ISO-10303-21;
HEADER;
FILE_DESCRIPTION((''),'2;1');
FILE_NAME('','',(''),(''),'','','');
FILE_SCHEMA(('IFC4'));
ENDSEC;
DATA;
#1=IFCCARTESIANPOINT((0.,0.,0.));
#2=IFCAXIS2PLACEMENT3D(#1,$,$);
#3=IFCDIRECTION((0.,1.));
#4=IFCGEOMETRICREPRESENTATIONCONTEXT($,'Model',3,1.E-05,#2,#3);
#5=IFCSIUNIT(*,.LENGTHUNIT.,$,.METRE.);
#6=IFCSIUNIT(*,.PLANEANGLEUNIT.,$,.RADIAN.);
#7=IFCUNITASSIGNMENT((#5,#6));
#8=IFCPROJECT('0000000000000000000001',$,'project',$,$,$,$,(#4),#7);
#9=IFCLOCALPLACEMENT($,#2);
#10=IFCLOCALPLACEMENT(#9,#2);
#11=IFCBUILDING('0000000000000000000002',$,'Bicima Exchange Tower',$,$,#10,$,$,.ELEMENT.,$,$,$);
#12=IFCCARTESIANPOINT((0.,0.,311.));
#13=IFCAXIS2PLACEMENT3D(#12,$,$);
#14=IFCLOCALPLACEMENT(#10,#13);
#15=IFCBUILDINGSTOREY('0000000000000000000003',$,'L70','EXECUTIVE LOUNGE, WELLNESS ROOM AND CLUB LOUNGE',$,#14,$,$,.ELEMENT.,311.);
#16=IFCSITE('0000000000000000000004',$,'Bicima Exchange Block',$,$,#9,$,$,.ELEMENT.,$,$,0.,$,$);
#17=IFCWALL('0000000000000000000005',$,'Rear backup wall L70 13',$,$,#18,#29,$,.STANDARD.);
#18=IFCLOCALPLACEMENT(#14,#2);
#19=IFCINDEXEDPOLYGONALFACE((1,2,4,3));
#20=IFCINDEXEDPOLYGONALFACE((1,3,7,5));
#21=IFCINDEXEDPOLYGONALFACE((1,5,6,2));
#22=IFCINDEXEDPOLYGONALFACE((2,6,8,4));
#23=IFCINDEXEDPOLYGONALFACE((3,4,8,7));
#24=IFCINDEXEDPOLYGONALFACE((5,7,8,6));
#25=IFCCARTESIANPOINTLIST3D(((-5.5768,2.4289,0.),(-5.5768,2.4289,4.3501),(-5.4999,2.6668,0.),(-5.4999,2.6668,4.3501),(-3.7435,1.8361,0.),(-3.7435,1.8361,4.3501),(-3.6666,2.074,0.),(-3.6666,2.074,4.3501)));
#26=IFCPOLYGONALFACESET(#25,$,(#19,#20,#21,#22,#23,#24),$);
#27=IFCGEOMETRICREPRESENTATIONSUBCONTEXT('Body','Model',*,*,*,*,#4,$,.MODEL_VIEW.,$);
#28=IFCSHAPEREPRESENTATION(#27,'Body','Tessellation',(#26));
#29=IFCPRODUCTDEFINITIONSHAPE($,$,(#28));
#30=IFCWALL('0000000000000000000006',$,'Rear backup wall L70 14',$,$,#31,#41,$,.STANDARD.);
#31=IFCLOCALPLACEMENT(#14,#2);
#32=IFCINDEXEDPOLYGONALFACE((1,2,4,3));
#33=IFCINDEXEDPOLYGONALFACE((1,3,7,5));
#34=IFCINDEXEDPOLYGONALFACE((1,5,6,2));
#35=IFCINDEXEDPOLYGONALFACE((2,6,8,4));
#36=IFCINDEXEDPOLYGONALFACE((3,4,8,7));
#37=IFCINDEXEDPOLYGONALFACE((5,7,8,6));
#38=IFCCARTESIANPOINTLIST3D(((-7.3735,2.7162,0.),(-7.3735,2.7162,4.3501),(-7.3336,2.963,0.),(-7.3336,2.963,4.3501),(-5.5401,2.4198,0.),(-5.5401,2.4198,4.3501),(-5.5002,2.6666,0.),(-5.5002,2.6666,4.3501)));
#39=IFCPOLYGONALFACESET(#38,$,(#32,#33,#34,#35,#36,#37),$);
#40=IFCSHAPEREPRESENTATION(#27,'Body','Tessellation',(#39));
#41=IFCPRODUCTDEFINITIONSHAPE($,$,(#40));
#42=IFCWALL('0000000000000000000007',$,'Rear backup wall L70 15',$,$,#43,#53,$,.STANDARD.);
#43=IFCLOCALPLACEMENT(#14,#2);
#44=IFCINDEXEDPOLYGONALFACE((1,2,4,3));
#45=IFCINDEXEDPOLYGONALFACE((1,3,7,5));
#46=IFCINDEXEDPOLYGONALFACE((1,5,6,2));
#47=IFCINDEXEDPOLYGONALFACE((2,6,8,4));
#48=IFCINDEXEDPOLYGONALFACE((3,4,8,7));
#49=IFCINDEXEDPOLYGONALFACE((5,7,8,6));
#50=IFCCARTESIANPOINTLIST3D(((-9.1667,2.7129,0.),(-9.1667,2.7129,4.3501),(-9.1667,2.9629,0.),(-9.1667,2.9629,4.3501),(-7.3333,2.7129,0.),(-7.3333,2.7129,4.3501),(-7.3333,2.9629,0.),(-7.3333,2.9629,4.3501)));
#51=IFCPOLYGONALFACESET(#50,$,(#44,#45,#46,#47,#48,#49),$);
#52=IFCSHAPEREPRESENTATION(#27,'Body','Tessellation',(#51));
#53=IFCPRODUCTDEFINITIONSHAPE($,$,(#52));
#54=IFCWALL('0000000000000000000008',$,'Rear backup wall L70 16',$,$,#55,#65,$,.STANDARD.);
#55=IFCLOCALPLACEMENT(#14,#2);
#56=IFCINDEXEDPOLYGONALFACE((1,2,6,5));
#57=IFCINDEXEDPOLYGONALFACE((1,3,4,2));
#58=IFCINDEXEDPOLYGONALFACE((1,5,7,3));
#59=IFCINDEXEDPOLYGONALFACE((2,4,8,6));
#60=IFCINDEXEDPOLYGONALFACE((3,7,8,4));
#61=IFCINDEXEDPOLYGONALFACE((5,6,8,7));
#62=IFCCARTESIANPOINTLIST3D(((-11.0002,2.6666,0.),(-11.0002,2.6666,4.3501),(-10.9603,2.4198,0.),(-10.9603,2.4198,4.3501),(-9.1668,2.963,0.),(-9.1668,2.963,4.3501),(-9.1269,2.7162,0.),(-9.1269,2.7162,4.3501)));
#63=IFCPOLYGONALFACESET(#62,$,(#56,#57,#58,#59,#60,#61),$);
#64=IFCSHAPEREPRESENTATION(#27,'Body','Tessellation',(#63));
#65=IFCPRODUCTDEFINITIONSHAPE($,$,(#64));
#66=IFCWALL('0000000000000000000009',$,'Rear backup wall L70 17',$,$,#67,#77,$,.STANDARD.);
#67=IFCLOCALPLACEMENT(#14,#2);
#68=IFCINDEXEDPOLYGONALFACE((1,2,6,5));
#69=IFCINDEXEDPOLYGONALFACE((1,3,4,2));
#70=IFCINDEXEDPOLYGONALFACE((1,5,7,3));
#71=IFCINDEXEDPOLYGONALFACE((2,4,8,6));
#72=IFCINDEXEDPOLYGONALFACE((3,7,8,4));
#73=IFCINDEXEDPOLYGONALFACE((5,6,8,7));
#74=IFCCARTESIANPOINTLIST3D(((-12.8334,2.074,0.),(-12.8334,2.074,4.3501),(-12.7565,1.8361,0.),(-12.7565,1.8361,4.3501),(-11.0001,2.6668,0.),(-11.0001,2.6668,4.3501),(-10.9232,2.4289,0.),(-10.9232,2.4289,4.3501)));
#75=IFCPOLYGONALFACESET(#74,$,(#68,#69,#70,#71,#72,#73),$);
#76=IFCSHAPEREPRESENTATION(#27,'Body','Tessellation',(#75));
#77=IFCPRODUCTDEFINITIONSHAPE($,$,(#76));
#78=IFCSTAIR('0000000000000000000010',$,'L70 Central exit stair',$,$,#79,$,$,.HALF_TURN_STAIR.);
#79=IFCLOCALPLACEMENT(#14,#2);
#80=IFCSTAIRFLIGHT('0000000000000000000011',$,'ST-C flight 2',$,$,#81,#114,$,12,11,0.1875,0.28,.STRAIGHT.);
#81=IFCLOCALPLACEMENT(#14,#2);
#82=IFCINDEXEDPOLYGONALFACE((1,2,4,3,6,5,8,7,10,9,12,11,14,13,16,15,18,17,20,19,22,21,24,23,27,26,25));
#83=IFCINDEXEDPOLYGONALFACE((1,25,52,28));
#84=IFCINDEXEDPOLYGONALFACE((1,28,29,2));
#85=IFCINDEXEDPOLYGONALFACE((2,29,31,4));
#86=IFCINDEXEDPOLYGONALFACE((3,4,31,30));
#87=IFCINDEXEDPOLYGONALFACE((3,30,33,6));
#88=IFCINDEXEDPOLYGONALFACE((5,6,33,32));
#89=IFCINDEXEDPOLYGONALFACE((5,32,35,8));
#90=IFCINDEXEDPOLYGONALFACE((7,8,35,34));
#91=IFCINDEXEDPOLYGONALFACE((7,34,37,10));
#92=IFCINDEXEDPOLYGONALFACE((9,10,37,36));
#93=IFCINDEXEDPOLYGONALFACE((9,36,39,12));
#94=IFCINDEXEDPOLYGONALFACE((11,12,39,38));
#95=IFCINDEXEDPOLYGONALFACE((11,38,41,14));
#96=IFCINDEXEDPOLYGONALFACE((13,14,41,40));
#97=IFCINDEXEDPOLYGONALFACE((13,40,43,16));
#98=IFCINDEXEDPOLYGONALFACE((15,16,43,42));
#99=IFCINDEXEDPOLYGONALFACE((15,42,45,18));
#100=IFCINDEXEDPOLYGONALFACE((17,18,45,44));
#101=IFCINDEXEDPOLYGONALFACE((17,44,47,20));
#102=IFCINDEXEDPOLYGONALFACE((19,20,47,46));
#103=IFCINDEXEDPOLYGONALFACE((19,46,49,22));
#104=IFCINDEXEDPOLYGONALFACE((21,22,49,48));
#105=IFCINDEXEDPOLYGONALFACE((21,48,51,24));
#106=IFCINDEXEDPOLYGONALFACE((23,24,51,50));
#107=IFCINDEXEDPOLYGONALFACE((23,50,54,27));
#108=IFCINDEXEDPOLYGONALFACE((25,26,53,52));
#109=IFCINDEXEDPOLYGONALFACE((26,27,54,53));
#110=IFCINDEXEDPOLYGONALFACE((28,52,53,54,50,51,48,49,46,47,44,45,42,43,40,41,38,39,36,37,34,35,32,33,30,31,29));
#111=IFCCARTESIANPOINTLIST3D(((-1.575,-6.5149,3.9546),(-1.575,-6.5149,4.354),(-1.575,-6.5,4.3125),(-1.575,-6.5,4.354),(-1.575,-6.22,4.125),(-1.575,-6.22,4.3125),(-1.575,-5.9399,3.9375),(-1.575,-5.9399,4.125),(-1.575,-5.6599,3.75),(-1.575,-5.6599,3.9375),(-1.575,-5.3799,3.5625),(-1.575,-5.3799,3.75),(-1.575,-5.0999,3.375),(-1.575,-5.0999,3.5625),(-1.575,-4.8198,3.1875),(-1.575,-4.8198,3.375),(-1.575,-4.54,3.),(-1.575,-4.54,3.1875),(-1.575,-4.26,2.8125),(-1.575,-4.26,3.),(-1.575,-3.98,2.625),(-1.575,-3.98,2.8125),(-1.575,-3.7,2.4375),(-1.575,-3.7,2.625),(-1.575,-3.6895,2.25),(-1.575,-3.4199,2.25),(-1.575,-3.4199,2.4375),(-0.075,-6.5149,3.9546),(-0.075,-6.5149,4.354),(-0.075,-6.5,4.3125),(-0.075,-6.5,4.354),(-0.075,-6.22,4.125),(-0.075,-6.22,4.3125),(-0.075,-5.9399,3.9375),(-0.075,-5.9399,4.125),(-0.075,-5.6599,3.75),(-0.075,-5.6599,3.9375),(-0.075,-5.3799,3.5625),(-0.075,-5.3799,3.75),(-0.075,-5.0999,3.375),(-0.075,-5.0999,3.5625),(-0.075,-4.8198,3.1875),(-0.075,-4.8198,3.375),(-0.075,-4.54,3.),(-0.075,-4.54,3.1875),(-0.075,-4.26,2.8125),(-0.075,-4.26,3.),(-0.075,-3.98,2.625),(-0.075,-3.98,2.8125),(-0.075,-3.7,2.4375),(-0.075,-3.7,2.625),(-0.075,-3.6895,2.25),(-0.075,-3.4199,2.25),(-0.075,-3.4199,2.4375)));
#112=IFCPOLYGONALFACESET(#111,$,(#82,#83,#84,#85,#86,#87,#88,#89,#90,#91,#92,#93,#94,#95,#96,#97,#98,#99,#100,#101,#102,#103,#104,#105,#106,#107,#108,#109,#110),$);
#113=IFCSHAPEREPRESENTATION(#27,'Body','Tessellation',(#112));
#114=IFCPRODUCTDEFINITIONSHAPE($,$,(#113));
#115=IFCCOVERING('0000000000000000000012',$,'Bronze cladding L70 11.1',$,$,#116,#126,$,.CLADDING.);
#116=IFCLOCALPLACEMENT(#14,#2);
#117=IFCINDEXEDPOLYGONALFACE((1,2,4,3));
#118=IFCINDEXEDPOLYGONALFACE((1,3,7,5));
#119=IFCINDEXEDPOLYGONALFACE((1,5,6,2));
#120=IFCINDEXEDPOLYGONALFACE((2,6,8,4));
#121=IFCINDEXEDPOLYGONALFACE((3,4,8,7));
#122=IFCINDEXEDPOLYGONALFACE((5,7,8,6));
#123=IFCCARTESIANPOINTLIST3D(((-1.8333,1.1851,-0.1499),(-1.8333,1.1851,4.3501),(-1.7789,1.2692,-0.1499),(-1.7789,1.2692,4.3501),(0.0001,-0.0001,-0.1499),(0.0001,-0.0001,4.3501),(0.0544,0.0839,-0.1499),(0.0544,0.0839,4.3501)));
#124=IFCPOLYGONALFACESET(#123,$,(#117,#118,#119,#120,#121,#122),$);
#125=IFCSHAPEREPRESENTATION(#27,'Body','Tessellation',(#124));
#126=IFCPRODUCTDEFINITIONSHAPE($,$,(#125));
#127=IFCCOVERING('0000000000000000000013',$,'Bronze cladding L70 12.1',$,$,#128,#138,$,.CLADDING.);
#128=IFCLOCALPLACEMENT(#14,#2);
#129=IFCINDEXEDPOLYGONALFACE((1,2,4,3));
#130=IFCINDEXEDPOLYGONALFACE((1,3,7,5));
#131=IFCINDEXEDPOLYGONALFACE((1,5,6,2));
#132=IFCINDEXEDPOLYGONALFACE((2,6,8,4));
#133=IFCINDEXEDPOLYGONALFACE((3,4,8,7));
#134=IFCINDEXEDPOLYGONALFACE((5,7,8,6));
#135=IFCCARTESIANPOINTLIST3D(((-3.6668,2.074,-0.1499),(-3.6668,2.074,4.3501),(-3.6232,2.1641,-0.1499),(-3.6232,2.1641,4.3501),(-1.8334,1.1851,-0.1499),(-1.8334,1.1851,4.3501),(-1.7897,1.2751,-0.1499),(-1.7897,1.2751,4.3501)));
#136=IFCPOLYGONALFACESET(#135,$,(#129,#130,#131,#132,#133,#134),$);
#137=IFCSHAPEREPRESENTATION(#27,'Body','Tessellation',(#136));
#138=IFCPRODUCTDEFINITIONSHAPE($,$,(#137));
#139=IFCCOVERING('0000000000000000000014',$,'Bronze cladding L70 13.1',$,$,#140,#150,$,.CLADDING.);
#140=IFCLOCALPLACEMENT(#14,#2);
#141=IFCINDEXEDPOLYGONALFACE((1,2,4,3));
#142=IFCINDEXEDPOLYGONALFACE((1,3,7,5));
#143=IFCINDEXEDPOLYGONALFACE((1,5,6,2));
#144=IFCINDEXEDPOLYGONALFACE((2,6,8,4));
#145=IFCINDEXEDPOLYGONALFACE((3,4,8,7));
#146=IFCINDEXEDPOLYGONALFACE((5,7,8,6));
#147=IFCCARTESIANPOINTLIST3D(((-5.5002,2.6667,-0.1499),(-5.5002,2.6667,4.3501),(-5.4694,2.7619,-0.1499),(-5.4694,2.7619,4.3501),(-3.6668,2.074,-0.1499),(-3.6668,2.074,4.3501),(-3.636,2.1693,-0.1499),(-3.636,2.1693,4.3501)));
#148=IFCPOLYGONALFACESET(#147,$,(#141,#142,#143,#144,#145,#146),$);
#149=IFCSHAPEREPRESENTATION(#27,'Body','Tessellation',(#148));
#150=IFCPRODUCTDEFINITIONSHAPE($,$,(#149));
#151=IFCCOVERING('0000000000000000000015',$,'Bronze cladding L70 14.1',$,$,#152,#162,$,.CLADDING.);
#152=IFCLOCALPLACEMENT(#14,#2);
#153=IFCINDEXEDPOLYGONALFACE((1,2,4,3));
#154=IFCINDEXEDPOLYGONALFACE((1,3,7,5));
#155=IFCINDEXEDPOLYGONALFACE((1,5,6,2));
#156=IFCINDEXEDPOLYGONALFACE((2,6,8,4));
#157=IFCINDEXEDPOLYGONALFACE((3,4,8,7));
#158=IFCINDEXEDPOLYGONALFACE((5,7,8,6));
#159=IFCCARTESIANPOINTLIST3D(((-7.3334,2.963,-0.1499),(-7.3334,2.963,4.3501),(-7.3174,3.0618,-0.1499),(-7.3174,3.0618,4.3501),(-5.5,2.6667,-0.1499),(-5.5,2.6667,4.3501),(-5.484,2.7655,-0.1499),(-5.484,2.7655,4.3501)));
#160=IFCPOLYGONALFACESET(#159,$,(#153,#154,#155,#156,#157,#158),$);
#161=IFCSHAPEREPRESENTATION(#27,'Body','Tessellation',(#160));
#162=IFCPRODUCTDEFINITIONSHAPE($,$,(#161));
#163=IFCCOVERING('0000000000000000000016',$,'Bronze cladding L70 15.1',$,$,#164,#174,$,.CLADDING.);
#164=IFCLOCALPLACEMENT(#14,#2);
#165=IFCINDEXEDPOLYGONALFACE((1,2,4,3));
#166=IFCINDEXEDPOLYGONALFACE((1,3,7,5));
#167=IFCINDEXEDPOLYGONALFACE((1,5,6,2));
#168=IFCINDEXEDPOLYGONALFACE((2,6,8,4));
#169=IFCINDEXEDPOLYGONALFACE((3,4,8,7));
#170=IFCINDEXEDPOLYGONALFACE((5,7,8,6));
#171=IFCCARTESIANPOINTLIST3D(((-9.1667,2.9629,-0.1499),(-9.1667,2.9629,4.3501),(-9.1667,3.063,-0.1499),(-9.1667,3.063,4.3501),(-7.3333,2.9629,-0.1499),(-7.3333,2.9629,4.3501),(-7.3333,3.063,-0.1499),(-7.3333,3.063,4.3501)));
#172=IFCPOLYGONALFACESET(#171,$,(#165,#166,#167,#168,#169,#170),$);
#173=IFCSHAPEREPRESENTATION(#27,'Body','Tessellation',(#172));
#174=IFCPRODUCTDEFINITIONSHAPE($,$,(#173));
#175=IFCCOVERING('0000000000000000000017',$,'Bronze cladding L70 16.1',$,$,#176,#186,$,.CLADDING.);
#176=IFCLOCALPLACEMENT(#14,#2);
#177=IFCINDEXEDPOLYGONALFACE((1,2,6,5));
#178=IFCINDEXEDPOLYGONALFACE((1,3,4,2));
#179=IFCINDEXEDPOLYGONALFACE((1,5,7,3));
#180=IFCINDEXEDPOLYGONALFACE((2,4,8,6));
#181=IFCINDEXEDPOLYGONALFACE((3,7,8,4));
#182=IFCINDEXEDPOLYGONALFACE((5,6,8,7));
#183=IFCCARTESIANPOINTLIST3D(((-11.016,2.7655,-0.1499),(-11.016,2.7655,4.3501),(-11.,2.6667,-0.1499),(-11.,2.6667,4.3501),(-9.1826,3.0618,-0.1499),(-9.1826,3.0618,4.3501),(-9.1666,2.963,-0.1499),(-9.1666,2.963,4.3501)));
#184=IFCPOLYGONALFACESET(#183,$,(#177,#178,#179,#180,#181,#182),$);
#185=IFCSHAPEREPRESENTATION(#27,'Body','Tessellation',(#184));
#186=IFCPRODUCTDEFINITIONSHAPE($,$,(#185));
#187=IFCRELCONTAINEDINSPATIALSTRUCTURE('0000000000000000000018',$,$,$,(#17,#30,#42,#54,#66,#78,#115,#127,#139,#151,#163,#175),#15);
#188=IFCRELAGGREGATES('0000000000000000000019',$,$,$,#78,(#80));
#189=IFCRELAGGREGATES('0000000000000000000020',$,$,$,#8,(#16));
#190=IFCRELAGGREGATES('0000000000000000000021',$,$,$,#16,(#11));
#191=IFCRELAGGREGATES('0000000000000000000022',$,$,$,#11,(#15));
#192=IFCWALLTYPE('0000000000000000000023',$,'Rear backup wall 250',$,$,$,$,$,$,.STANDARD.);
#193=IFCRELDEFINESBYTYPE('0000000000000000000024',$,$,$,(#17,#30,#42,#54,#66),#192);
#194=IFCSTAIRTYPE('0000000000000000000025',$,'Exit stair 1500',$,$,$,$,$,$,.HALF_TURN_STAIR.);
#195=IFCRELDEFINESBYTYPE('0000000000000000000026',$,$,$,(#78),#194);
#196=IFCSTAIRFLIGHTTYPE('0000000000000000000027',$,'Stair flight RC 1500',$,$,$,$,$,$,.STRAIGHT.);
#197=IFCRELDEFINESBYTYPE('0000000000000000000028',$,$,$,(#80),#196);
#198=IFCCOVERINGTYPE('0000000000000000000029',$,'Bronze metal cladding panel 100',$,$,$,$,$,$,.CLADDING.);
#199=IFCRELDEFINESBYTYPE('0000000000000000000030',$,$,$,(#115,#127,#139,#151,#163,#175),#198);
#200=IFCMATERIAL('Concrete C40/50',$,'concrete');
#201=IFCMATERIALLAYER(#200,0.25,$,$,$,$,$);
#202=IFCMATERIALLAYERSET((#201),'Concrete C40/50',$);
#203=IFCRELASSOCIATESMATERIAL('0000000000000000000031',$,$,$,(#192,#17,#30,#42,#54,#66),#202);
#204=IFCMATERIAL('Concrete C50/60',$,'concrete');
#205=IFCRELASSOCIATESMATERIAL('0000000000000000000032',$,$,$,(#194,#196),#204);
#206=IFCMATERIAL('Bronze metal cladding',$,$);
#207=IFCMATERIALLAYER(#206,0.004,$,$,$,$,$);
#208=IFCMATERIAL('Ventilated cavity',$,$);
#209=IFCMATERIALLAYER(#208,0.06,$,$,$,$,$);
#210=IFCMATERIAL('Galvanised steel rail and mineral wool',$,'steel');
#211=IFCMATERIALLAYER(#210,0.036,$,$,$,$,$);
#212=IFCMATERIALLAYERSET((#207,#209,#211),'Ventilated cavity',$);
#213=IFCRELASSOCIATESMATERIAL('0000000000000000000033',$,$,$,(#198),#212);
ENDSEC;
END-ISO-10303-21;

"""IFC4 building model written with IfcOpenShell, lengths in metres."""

from ifc_helpers import new_model, si_unit, direction, frame, frame_2d, origin, origin_2d, place, context, subcontext, project, spatial, polyline, rectangle, outline, extrude, material, layer, layer_set, layer_usage, type_object, element, aggregate, save


model = new_model("IFC4")

# Units and contexts
model_context = context("Model", 3, precision=1e-05, world=origin(), true_north=direction((0.0, 1.0)))
body_context = subcontext(model_context, "Body", "Model", "MODEL_VIEW")
ifc_project = project(units=[si_unit("LENGTHUNIT", "METRE"), si_unit("PLANEANGLEUNIT", "RADIAN")], contexts=[model_context])

# Site, building, storey
site_placement = place(None, origin())
site = spatial("IfcSite", under=ifc_project, at=site_placement, Name="Bicima Exchange Block", CompositionType="ELEMENT", RefElevation=0.0)
building_placement = place(site_placement, origin())
building = spatial("IfcBuilding", under=site, at=building_placement, Name="Bicima Exchange Tower", CompositionType="ELEMENT")
storey_placement = place(building_placement, frame((0.0, 0.0, 311.0)))
storey = spatial("IfcBuildingStorey", under=building, at=storey_placement, Name="L70", Description="EXECUTIVE LOUNGE, WELLNESS ROOM AND CLUB LOUNGE", CompositionType="ELEMENT", Elevation=311.0)

# Shared definitions
ifc_material_1 = material(Name="Concrete C40/50", Category="concrete")
ifc_material_2 = material(Name="Concrete C50/60", Category="concrete")

# Walls
ifc_layer_1 = layer(ifc_material_1, 0.25)
ifc_layer_set_1 = layer_set([ifc_layer_1], Name="Concrete C40/50")
ifc_layer_usage = layer_usage(ifc_layer_set_1, "AXIS2", "POSITIVE", -0.125)
wall_type_1 = type_object("IfcWallType", Name="Rear backup wall 250", PredefinedType="STANDARD", material=ifc_layer_set_1)
wall_1_placement = place(storey_placement, frame((-3.7051, 1.9551, 0.0), z_axis=(0.0, 0.0, 1.0), x_axis=(-0.951496, 0.307662, 0.0)))
element("IfcWall", 1, at=wall_1_placement, inside=storey, type_object=wall_type_1, material=ifc_layer_usage, Name="Rear backup wall L70 13", PredefinedType="STANDARD", context=body_context, shape_type="SweptSolid", body=[
    extrude(rectangle(XDim=1.9268, YDim=0.25, at=frame_2d((0.9634, 0.0))), origin(), (0.0, 0.0, 1.0), 4.3501),
])
wall_2_placement = place(storey_placement, frame((-5.52, 2.5432, 0.0), z_axis=(0.0, 0.0, 1.0), x_axis=(-0.987182, 0.1596, 0.0)))
element("IfcWall", 2, at=wall_2_placement, inside=storey, type_object=wall_type_1, material=ifc_layer_usage, Name="Rear backup wall L70 14", PredefinedType="STANDARD", context=body_context, shape_type="SweptSolid", body=[
    extrude(rectangle(XDim=1.8572, YDim=0.25, at=frame_2d((0.9287, 0.0))), origin(), (0.0, 0.0, 1.0), 4.3501),
])
wall_3_placement = place(storey_placement, frame((-7.3333, 2.8379, 0.0), z_axis=(0.0, 0.0, 1.0), x_axis=(-1.0, 0.0, 0.0)))
element("IfcWall", 3, at=wall_3_placement, inside=storey, type_object=wall_type_1, material=ifc_layer_usage, Name="Rear backup wall L70 15", PredefinedType="STANDARD", context=body_context, shape_type="SweptSolid", body=[
    extrude(rectangle(XDim=1.8335, YDim=0.25, at=frame_2d((0.9167, 0.0))), origin(), (0.0, 0.0, 1.0), 4.3501),
])
wall_4_placement = place(storey_placement, frame((-9.1467, 2.8396, 0.0), z_axis=(0.0, 0.0, 1.0), x_axis=(-0.987182, -0.1596, 0.0)))
element("IfcWall", 4, at=wall_4_placement, inside=storey, type_object=wall_type_1, material=ifc_layer_usage, Name="Rear backup wall L70 16", PredefinedType="STANDARD", context=body_context, shape_type="SweptSolid", body=[
    extrude(rectangle(XDim=1.8572, YDim=0.25, at=frame_2d((0.9287, 0.0))), origin(), (0.0, 0.0, 1.0), 4.3501),
])
wall_5_placement = place(storey_placement, frame((-10.9617, 2.5479, 0.0), z_axis=(0.0, 0.0, 1.0), x_axis=(-0.951496, -0.307662, 0.0)))
element("IfcWall", 5, at=wall_5_placement, inside=storey, type_object=wall_type_1, material=ifc_layer_usage, Name="Rear backup wall L70 17", PredefinedType="STANDARD", context=body_context, shape_type="SweptSolid", body=[
    extrude(rectangle(XDim=1.9268, YDim=0.25, at=frame_2d((0.9634, 0.0))), origin(), (0.0, 0.0, 1.0), 4.3501),
])

# Stair, stair flight
stair_type = type_object("IfcStairType", Name="Exit stair 1500", PredefinedType="HALF_TURN_STAIR", material=ifc_material_2)
stair_placement = place(storey_placement, origin())
stair = element("IfcStair", 6, at=stair_placement, inside=storey, type_object=stair_type, Name="L70 Central exit stair", PredefinedType="HALF_TURN_STAIR")
stair_flight_type = type_object("IfcStairFlightType", Name="Stair flight RC 1500", PredefinedType="STRAIGHT", material=ifc_material_2)
stair_flight_placement = place(storey_placement, frame((-0.825, -3.4199, 2.25), z_axis=(0.0, 0.0, 1.0), x_axis=(0.0, -1.0, 0.0)))
stair_flight = element("IfcStairFlight", 7, at=stair_flight_placement, type_object=stair_flight_type, Name="ST-C flight 2", NumberOfRisers=12, NumberOfTreads=11, PredefinedType="STRAIGHT", RiserHeight=0.1875, TreadLength=0.28, context=body_context, shape_type="SweptSolid", body=[
    extrude(outline(polyline([(0.0, 0.0), (0.0, 0.1875), (0.28, 0.1875), (0.28, 0.375), (0.5601, 0.375), (0.5601, 0.5625), (0.8401, 0.5625), (0.8401, 0.75), (1.1201, 0.75), (1.1201, 0.9375), (1.3999, 0.9375), (1.3999, 1.125), (1.6799, 1.125), (1.6799, 1.3125), (1.96, 1.3125), (1.96, 1.5), (2.24, 1.5), (2.24, 1.6875), (2.52, 1.6875), (2.52, 1.875), (2.8, 1.875), (2.8, 2.0625), (3.0801, 2.0625), (3.0801, 2.104), (3.095, 2.104), (3.095, 1.7046), (0.2695, 0.0), (0.0, 0.0)])), frame((0.0, 0.75, 0.0), z_axis=(0.0, -1.0, 0.0), x_axis=(1.0, 0.0, 0.0)), (0.0, 0.0, 1.0), 1.5),
])
aggregate(stair, [stair_flight])

# Coverings
ifc_material_3 = material(Name="Bronze metal cladding")
ifc_layer_2 = layer(ifc_material_3, 0.004)
ifc_material_4 = material(Name="Ventilated cavity")
ifc_layer_3 = layer(ifc_material_4, 0.06)
ifc_material_5 = material(Name="Galvanised steel rail and mineral wool", Category="steel")
ifc_layer_4 = layer(ifc_material_5, 0.036)
ifc_layer_set_2 = layer_set([ifc_layer_2, ifc_layer_3, ifc_layer_4], Name="Ventilated cavity")
covering_type = type_object("IfcCoveringType", Name="Bronze metal cladding panel 100", PredefinedType="CLADDING", material=ifc_layer_set_2)
covering_1_placement = place(storey_placement, frame((-0.8894, 0.6345, -0.1499), z_axis=(0.0, 0.0, 1.0), x_axis=(-0.83979, 0.542911, 0.0)))
element("IfcCovering", 8, at=covering_1_placement, inside=storey, type_object=covering_type, Name="Bronze cladding L70 11.1", PredefinedType="CLADDING", context=body_context, shape_type="SweptSolid", body=[
    extrude(rectangle(XDim=2.1831, YDim=0.1001, at=origin_2d()), origin(), (0.0, 0.0, 1.0), 4.5),
])
covering_2_placement = place(storey_placement, frame((-2.7283, 1.6746, -0.1499), z_axis=(0.0, 0.0, 1.0), x_axis=(-0.899818, 0.436265, 0.0)))
element("IfcCovering", 9, at=covering_2_placement, inside=storey, type_object=covering_type, Name="Bronze cladding L70 12.1", PredefinedType="CLADDING", context=body_context, shape_type="SweptSolid", body=[
    extrude(rectangle(XDim=2.0376, YDim=0.1001, at=origin_2d()), origin(), (0.0, 0.0, 1.0), 4.5),
])
covering_3_placement = place(storey_placement, frame((-4.5681, 2.418, -0.1499), z_axis=(0.0, 0.0, 1.0), x_axis=(-0.951525, 0.307573, 0.0)))
element("IfcCovering", 10, at=covering_3_placement, inside=storey, type_object=covering_type, Name="Bronze cladding L70 13.1", PredefinedType="CLADDING", context=body_context, shape_type="SweptSolid", body=[
    extrude(rectangle(XDim=1.9268, YDim=0.1001, at=origin_2d()), origin(), (0.0, 0.0, 1.0), 4.5),
])
covering_4_placement = place(storey_placement, frame((-6.4087, 2.8643, -0.1499), z_axis=(0.0, 0.0, 1.0), x_axis=(-0.98719, 0.15955, 0.0)))
element("IfcCovering", 11, at=covering_4_placement, inside=storey, type_object=covering_type, Name="Bronze cladding L70 14.1", PredefinedType="CLADDING", context=body_context, shape_type="SweptSolid", body=[
    extrude(rectangle(XDim=1.8572, YDim=0.1001, at=origin_2d()), origin(), (0.0, 0.0, 1.0), 4.5),
])
covering_5_placement = place(storey_placement, frame((-8.25, 3.0129, -0.1499), z_axis=(0.0, 0.0, 1.0), x_axis=(-1.0, 0.0, 0.0)))
element("IfcCovering", 12, at=covering_5_placement, inside=storey, type_object=covering_type, Name="Bronze cladding L70 15.1", PredefinedType="CLADDING", context=body_context, shape_type="SweptSolid", body=[
    extrude(rectangle(XDim=1.8335, YDim=0.1001, at=origin_2d()), origin(), (0.0, 0.0, 1.0), 4.5),
])
covering_6_placement = place(storey_placement, frame((-10.0913, 2.8643, -0.1499), z_axis=(0.0, 0.0, 1.0), x_axis=(-0.98719, -0.15955, 0.0)))
element("IfcCovering", 13, at=covering_6_placement, inside=storey, type_object=covering_type, Name="Bronze cladding L70 16.1", PredefinedType="CLADDING", context=body_context, shape_type="SweptSolid", body=[
    extrude(rectangle(XDim=1.8572, YDim=0.1001, at=origin_2d()), origin(), (0.0, 0.0, 1.0), 4.5),
])

save(model, "model.ifc")
